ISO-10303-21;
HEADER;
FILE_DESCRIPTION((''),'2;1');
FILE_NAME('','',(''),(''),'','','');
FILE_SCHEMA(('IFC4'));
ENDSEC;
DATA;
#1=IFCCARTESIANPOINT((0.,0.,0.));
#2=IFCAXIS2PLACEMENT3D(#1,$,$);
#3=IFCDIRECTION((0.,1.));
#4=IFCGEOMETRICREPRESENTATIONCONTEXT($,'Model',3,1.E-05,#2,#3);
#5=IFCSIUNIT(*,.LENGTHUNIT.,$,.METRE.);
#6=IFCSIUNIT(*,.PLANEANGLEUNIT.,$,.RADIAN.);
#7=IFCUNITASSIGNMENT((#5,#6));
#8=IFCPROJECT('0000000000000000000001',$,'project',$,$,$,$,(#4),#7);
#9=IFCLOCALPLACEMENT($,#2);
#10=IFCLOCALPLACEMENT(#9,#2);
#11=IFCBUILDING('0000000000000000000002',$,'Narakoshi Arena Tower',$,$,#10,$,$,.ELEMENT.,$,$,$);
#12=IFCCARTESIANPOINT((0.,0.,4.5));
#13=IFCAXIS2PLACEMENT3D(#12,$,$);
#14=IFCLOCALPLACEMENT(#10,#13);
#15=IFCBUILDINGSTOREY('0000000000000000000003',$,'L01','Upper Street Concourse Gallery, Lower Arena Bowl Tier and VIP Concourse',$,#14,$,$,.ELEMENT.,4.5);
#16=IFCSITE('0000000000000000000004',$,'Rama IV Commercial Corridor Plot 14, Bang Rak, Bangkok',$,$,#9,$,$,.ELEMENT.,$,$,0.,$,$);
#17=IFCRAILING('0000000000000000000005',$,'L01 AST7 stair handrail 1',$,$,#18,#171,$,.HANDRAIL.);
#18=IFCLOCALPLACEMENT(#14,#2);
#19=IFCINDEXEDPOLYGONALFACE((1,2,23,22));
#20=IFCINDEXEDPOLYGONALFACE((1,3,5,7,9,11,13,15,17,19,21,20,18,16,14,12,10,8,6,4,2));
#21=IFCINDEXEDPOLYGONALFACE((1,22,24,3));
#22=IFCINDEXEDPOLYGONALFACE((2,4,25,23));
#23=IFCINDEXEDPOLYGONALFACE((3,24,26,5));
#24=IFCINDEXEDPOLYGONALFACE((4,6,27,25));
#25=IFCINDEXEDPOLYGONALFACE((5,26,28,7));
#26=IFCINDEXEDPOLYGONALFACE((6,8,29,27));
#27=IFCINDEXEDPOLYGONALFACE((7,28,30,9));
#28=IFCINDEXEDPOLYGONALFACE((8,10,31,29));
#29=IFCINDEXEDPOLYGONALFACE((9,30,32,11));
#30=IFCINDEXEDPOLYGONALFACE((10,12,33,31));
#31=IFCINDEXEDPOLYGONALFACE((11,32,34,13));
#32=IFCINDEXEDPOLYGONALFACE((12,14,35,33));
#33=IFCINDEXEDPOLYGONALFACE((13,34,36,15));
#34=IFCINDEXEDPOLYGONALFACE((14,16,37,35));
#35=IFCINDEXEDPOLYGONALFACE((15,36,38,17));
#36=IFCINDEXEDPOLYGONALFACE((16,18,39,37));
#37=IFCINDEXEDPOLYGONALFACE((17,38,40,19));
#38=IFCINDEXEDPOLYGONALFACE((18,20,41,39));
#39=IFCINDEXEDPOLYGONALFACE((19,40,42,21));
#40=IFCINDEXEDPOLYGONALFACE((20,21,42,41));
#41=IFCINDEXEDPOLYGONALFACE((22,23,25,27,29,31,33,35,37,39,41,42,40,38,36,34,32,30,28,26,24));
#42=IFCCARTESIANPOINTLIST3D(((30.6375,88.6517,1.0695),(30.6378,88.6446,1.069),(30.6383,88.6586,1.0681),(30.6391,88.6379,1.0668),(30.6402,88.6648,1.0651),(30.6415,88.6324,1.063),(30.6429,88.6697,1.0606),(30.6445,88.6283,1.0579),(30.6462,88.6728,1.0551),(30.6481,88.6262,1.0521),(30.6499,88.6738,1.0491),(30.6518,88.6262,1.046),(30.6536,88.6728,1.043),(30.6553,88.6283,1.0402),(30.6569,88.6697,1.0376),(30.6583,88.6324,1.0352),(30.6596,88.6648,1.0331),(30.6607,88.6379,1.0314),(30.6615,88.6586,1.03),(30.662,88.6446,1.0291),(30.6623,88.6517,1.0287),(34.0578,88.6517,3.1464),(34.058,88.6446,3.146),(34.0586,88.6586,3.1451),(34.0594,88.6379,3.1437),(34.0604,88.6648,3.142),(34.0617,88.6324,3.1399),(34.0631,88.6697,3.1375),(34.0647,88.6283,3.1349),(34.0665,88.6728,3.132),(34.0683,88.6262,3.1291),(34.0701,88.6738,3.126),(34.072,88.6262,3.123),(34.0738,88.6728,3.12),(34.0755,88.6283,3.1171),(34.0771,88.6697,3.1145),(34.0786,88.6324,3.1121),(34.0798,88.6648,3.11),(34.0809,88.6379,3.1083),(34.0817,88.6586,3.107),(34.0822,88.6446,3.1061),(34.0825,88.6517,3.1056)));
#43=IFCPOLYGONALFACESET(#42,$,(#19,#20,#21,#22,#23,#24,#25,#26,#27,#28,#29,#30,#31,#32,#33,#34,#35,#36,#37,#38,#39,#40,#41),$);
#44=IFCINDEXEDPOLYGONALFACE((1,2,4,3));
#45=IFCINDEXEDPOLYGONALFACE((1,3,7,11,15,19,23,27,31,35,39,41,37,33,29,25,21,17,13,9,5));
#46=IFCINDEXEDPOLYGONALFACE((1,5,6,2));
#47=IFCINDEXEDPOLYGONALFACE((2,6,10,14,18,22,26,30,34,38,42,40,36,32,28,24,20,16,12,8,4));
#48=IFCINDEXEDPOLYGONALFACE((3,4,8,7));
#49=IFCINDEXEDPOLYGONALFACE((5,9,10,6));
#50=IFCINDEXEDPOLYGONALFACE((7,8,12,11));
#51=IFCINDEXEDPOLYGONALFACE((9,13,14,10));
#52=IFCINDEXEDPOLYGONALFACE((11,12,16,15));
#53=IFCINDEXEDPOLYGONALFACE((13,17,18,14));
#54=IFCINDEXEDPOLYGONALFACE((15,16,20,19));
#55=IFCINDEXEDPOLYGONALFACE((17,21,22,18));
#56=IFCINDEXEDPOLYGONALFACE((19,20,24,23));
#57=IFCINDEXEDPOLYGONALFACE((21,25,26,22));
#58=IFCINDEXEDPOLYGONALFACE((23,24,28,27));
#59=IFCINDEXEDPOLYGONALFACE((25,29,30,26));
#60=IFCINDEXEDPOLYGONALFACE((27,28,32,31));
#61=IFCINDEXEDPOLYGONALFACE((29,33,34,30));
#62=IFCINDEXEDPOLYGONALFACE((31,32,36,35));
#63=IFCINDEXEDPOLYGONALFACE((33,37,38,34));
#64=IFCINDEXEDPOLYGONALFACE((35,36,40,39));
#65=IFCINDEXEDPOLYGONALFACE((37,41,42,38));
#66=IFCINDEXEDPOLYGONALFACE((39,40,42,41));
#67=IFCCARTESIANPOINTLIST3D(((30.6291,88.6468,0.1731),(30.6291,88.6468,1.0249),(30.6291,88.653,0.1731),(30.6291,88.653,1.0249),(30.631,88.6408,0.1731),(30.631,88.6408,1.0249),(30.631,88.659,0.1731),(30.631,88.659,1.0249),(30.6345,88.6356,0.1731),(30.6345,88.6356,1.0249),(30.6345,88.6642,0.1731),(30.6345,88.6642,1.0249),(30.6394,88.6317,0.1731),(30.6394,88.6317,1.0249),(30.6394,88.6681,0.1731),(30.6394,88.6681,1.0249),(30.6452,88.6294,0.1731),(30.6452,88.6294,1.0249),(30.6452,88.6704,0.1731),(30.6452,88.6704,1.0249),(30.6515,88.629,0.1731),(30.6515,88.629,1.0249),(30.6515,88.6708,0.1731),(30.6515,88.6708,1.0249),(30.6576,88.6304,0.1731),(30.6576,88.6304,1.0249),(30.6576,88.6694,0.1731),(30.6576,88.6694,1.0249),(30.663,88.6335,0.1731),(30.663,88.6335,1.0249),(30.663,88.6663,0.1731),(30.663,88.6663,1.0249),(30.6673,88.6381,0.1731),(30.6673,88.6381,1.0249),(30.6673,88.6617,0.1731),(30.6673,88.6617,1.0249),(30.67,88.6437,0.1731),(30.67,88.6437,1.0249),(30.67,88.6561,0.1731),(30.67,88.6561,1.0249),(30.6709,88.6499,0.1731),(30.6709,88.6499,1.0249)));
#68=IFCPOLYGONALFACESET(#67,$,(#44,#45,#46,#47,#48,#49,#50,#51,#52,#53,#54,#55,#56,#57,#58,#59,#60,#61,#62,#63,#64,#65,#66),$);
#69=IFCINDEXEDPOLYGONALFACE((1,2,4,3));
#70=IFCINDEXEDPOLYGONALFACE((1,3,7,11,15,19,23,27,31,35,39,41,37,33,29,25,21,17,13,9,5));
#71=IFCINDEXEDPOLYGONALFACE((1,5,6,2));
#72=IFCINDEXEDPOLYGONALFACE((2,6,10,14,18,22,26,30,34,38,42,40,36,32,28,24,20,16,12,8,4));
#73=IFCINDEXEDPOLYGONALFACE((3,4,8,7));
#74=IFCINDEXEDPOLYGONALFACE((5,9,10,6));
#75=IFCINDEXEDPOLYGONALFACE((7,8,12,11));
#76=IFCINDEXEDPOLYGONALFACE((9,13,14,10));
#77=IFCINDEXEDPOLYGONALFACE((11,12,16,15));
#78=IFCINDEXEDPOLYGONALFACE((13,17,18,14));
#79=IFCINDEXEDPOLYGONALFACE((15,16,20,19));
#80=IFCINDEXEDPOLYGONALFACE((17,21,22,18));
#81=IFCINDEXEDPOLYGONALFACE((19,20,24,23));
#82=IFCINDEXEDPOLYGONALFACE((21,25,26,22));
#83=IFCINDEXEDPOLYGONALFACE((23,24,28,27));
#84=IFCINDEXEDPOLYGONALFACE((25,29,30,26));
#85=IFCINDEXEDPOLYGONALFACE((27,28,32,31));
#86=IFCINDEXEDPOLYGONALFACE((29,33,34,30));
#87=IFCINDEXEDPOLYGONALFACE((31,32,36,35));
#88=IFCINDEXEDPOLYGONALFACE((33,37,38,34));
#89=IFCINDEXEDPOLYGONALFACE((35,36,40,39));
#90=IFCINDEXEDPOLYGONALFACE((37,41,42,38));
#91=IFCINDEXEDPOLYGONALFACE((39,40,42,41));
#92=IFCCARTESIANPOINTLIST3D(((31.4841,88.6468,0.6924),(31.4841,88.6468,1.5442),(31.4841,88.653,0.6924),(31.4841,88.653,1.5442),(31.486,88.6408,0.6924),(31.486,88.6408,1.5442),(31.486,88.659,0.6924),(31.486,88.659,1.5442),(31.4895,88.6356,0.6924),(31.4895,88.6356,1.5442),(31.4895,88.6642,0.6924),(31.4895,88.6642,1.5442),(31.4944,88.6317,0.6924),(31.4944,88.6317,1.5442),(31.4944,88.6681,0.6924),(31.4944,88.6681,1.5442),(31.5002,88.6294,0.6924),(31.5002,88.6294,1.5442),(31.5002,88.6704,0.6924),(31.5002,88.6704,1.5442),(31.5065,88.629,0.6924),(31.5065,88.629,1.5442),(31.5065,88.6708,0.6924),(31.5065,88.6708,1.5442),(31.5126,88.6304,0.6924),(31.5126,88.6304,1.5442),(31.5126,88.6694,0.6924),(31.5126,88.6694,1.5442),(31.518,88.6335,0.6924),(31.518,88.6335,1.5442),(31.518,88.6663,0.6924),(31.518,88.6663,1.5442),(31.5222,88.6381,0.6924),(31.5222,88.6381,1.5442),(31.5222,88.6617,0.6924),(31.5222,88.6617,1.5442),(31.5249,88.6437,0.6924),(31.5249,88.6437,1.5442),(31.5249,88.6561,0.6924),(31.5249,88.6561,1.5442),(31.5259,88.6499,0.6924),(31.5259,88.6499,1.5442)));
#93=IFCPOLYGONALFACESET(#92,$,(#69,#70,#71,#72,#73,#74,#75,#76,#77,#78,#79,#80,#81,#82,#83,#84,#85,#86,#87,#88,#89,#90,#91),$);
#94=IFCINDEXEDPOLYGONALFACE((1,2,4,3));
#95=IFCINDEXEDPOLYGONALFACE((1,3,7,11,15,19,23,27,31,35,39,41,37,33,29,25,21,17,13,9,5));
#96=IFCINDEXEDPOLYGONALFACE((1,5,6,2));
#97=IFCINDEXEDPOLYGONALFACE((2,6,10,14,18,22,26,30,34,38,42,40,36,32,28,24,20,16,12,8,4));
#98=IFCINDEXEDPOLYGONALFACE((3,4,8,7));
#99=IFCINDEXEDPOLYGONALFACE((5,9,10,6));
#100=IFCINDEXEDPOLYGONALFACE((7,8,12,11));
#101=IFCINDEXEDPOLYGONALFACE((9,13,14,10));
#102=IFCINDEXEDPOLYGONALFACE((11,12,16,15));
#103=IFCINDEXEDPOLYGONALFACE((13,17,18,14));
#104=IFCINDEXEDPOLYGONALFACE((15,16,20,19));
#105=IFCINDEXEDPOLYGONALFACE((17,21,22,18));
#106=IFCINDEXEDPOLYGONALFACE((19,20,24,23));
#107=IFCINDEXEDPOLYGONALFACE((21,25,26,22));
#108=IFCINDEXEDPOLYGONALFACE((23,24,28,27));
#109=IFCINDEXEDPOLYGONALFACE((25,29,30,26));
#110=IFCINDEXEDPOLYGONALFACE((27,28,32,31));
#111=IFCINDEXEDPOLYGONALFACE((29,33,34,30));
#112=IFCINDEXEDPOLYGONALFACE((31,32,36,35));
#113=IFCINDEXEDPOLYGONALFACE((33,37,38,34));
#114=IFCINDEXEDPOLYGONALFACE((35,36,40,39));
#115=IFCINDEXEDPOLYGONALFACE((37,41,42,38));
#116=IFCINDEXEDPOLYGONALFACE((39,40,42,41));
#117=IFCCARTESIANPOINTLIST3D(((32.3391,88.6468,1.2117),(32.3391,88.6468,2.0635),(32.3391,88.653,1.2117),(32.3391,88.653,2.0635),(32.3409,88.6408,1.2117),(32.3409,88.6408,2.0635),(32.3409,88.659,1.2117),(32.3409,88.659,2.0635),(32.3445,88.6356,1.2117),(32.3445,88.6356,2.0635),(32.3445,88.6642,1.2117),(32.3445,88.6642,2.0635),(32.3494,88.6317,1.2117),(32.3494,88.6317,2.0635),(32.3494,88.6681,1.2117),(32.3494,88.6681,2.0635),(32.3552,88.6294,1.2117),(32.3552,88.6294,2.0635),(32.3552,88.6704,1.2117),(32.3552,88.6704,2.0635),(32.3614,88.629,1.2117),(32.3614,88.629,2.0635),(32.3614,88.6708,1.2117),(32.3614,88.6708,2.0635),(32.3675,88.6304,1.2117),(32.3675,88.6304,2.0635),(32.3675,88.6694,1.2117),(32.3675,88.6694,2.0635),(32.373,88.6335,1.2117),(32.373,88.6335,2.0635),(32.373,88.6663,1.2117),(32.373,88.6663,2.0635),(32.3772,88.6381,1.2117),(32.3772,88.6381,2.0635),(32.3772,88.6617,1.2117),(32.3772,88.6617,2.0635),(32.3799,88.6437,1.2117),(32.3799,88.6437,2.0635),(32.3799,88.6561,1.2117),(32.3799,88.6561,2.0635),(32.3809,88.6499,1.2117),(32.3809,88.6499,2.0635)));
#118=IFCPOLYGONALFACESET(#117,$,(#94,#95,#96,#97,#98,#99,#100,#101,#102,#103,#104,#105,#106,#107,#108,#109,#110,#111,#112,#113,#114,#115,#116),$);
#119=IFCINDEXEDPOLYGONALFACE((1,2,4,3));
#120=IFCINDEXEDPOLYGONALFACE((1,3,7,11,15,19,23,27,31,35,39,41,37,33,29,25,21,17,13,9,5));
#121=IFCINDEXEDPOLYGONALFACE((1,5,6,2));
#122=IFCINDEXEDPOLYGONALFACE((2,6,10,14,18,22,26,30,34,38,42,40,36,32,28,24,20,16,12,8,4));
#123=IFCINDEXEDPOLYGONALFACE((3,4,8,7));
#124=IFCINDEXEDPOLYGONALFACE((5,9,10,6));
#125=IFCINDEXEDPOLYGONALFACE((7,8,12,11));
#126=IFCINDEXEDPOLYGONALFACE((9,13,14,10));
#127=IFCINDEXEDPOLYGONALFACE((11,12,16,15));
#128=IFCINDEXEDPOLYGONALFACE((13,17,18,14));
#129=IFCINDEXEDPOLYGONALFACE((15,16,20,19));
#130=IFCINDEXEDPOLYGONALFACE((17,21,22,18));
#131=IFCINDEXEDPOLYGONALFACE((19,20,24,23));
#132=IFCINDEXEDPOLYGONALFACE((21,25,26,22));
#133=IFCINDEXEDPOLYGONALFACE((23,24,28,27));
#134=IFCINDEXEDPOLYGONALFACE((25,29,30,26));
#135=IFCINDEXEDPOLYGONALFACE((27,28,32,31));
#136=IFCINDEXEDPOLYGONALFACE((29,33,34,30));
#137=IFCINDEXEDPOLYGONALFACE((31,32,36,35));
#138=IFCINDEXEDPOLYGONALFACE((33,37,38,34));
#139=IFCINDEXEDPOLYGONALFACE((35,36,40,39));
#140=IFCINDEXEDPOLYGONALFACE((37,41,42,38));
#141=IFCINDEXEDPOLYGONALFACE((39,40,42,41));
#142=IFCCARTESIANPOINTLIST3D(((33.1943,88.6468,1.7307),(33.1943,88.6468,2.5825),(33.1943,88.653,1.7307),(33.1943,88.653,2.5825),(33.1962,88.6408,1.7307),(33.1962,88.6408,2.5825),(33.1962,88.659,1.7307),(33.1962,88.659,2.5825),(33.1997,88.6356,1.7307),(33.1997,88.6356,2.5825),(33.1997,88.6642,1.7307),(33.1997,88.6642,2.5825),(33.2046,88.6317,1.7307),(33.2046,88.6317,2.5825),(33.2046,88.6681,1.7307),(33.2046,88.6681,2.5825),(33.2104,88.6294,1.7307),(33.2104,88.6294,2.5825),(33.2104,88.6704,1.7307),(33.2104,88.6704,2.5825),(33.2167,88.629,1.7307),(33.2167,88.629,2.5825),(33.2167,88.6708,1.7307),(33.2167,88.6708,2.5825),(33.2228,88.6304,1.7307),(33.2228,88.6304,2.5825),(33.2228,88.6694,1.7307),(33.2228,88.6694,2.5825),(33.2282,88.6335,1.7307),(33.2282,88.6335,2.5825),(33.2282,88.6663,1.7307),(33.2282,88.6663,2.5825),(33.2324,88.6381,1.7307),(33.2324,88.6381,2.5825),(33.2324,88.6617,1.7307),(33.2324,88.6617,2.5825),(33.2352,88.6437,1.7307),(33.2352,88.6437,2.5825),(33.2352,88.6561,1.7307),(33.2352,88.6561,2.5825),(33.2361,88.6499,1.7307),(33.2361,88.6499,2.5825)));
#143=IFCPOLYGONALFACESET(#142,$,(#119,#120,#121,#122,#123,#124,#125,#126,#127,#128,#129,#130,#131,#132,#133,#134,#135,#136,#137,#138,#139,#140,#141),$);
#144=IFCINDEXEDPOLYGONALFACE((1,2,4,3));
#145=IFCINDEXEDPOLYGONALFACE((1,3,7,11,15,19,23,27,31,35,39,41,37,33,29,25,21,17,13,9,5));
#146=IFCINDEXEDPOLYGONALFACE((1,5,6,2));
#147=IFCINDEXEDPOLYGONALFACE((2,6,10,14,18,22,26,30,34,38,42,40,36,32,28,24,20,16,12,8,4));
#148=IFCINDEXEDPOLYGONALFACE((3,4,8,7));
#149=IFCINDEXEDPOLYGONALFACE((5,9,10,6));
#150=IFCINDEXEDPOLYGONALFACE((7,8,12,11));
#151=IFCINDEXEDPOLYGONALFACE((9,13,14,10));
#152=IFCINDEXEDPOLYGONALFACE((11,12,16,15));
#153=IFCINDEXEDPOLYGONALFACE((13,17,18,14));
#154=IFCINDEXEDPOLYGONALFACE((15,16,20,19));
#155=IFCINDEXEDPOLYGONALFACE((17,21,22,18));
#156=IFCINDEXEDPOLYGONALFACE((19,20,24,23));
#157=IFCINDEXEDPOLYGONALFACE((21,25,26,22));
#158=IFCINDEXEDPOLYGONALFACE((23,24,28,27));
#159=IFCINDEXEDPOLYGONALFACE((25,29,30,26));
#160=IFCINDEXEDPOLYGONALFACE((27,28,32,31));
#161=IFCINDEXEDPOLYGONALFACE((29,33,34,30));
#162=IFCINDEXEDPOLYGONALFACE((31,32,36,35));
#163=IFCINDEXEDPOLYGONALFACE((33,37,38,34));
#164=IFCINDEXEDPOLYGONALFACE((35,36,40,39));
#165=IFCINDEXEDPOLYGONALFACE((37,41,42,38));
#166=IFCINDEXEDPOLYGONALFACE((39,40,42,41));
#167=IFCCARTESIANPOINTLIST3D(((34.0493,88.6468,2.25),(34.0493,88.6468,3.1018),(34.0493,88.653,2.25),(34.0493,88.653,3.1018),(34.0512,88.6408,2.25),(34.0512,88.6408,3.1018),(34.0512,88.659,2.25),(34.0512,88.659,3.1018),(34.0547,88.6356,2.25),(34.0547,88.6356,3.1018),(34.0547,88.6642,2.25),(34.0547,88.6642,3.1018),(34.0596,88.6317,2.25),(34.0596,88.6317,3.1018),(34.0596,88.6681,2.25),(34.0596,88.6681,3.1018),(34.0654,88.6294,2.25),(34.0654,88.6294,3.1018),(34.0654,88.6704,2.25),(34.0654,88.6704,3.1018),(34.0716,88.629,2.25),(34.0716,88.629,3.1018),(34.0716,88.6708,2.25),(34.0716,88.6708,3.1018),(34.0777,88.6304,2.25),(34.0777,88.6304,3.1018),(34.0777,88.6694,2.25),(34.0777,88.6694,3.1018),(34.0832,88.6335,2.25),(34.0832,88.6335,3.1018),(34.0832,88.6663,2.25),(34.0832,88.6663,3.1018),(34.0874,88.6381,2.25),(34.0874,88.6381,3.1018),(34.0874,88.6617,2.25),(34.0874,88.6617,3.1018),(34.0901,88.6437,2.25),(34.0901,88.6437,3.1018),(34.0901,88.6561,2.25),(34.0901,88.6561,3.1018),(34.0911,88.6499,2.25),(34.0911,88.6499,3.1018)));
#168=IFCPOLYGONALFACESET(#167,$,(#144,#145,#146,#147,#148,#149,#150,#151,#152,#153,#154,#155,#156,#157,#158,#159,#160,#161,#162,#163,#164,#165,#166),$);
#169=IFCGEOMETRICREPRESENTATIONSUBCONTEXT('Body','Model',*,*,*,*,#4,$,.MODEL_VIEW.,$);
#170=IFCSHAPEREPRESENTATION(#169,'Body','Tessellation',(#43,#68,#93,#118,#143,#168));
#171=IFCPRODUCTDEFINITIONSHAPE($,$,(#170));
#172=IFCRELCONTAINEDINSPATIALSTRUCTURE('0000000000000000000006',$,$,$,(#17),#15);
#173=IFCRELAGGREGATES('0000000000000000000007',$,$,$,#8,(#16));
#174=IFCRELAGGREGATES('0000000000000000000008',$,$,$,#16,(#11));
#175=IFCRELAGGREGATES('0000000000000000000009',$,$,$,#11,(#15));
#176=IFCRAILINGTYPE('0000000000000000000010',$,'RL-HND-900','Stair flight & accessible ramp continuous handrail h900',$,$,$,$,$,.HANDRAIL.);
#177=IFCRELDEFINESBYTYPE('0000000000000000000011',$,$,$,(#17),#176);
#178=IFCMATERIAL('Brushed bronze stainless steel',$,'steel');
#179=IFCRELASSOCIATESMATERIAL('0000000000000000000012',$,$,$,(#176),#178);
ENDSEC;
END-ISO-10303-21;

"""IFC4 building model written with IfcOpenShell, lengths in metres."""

from ifc_helpers import new_model, si_unit, direction, frame, origin, origin_2d, place, context, subcontext, project, spatial, circle, extrude, material, type_object, element, save


model = new_model("IFC4")

# Units and contexts
model_context = context("Model", 3, precision=1e-05, world=origin(), true_north=direction((0.0, 1.0)))
body_context = subcontext(model_context, "Body", "Model", "MODEL_VIEW")
ifc_project = project(units=[si_unit("LENGTHUNIT", "METRE"), si_unit("PLANEANGLEUNIT", "RADIAN")], contexts=[model_context])

# Site, building, storey
site_placement = place(None, origin())
site = spatial("IfcSite", under=ifc_project, at=site_placement, Name="Rama IV Commercial Corridor Plot 14, Bang Rak, Bangkok", CompositionType="ELEMENT", RefElevation=0.0)
building_placement = place(site_placement, origin())
building = spatial("IfcBuilding", under=site, at=building_placement, Name="Narakoshi Arena Tower", CompositionType="ELEMENT")
storey_placement = place(building_placement, frame((0.0, 0.0, 4.5)))
storey = spatial("IfcBuildingStorey", under=building, at=storey_placement, Name="L01", Description="Upper Street Concourse Gallery, Lower Arena Bowl Tier and VIP Concourse", CompositionType="ELEMENT", Elevation=4.5)

# Railing
ifc_material_1 = material(Name="Brushed bronze stainless steel", Category="steel")
railing_type_1 = type_object("IfcRailingType", Name="RL-HND-900", Description="Stair flight & accessible ramp continuous handrail h900", PredefinedType="HANDRAIL", material=ifc_material_1)
railing_1_placement = place(storey_placement, frame((30.6499, 88.6499, 0.1731)))
element("IfcRailing", 1, at=railing_1_placement, inside=storey, type_object=railing_type_1, Name="L01 AST7 stair handrail 1", PredefinedType="HANDRAIL", context=body_context, shape_type="SweptSolid", body=[
    extrude(circle(Radius=0.0239, at=origin_2d()), frame((0.0, 0.0, 0.876), z_axis=(0.854746, 0.0, 0.519047), x_axis=(0.0, 1.0, 0.0)), (0.0, 0.0, 1.0), 4.0015),
    extrude(circle(Radius=0.021, at=origin_2d()), origin(), (0.0, 0.0, 1.0), 0.8518),
    extrude(circle(Radius=0.021, at=origin_2d()), frame((0.855, 0.0, 0.5193)), (0.0, 0.0, 1.0), 0.8518),
    extrude(circle(Radius=0.021, at=origin_2d()), frame((1.71, 0.0, 1.0386)), (0.0, 0.0, 1.0), 0.8518),
    extrude(circle(Radius=0.021, at=origin_2d()), frame((2.5652, 0.0, 1.5576)), (0.0, 0.0, 1.0), 0.8518),
    extrude(circle(Radius=0.021, at=origin_2d()), frame((3.4202, 0.0, 2.0769)), (0.0, 0.0, 1.0), 0.8518),
])

save(model, "model.ifc")
